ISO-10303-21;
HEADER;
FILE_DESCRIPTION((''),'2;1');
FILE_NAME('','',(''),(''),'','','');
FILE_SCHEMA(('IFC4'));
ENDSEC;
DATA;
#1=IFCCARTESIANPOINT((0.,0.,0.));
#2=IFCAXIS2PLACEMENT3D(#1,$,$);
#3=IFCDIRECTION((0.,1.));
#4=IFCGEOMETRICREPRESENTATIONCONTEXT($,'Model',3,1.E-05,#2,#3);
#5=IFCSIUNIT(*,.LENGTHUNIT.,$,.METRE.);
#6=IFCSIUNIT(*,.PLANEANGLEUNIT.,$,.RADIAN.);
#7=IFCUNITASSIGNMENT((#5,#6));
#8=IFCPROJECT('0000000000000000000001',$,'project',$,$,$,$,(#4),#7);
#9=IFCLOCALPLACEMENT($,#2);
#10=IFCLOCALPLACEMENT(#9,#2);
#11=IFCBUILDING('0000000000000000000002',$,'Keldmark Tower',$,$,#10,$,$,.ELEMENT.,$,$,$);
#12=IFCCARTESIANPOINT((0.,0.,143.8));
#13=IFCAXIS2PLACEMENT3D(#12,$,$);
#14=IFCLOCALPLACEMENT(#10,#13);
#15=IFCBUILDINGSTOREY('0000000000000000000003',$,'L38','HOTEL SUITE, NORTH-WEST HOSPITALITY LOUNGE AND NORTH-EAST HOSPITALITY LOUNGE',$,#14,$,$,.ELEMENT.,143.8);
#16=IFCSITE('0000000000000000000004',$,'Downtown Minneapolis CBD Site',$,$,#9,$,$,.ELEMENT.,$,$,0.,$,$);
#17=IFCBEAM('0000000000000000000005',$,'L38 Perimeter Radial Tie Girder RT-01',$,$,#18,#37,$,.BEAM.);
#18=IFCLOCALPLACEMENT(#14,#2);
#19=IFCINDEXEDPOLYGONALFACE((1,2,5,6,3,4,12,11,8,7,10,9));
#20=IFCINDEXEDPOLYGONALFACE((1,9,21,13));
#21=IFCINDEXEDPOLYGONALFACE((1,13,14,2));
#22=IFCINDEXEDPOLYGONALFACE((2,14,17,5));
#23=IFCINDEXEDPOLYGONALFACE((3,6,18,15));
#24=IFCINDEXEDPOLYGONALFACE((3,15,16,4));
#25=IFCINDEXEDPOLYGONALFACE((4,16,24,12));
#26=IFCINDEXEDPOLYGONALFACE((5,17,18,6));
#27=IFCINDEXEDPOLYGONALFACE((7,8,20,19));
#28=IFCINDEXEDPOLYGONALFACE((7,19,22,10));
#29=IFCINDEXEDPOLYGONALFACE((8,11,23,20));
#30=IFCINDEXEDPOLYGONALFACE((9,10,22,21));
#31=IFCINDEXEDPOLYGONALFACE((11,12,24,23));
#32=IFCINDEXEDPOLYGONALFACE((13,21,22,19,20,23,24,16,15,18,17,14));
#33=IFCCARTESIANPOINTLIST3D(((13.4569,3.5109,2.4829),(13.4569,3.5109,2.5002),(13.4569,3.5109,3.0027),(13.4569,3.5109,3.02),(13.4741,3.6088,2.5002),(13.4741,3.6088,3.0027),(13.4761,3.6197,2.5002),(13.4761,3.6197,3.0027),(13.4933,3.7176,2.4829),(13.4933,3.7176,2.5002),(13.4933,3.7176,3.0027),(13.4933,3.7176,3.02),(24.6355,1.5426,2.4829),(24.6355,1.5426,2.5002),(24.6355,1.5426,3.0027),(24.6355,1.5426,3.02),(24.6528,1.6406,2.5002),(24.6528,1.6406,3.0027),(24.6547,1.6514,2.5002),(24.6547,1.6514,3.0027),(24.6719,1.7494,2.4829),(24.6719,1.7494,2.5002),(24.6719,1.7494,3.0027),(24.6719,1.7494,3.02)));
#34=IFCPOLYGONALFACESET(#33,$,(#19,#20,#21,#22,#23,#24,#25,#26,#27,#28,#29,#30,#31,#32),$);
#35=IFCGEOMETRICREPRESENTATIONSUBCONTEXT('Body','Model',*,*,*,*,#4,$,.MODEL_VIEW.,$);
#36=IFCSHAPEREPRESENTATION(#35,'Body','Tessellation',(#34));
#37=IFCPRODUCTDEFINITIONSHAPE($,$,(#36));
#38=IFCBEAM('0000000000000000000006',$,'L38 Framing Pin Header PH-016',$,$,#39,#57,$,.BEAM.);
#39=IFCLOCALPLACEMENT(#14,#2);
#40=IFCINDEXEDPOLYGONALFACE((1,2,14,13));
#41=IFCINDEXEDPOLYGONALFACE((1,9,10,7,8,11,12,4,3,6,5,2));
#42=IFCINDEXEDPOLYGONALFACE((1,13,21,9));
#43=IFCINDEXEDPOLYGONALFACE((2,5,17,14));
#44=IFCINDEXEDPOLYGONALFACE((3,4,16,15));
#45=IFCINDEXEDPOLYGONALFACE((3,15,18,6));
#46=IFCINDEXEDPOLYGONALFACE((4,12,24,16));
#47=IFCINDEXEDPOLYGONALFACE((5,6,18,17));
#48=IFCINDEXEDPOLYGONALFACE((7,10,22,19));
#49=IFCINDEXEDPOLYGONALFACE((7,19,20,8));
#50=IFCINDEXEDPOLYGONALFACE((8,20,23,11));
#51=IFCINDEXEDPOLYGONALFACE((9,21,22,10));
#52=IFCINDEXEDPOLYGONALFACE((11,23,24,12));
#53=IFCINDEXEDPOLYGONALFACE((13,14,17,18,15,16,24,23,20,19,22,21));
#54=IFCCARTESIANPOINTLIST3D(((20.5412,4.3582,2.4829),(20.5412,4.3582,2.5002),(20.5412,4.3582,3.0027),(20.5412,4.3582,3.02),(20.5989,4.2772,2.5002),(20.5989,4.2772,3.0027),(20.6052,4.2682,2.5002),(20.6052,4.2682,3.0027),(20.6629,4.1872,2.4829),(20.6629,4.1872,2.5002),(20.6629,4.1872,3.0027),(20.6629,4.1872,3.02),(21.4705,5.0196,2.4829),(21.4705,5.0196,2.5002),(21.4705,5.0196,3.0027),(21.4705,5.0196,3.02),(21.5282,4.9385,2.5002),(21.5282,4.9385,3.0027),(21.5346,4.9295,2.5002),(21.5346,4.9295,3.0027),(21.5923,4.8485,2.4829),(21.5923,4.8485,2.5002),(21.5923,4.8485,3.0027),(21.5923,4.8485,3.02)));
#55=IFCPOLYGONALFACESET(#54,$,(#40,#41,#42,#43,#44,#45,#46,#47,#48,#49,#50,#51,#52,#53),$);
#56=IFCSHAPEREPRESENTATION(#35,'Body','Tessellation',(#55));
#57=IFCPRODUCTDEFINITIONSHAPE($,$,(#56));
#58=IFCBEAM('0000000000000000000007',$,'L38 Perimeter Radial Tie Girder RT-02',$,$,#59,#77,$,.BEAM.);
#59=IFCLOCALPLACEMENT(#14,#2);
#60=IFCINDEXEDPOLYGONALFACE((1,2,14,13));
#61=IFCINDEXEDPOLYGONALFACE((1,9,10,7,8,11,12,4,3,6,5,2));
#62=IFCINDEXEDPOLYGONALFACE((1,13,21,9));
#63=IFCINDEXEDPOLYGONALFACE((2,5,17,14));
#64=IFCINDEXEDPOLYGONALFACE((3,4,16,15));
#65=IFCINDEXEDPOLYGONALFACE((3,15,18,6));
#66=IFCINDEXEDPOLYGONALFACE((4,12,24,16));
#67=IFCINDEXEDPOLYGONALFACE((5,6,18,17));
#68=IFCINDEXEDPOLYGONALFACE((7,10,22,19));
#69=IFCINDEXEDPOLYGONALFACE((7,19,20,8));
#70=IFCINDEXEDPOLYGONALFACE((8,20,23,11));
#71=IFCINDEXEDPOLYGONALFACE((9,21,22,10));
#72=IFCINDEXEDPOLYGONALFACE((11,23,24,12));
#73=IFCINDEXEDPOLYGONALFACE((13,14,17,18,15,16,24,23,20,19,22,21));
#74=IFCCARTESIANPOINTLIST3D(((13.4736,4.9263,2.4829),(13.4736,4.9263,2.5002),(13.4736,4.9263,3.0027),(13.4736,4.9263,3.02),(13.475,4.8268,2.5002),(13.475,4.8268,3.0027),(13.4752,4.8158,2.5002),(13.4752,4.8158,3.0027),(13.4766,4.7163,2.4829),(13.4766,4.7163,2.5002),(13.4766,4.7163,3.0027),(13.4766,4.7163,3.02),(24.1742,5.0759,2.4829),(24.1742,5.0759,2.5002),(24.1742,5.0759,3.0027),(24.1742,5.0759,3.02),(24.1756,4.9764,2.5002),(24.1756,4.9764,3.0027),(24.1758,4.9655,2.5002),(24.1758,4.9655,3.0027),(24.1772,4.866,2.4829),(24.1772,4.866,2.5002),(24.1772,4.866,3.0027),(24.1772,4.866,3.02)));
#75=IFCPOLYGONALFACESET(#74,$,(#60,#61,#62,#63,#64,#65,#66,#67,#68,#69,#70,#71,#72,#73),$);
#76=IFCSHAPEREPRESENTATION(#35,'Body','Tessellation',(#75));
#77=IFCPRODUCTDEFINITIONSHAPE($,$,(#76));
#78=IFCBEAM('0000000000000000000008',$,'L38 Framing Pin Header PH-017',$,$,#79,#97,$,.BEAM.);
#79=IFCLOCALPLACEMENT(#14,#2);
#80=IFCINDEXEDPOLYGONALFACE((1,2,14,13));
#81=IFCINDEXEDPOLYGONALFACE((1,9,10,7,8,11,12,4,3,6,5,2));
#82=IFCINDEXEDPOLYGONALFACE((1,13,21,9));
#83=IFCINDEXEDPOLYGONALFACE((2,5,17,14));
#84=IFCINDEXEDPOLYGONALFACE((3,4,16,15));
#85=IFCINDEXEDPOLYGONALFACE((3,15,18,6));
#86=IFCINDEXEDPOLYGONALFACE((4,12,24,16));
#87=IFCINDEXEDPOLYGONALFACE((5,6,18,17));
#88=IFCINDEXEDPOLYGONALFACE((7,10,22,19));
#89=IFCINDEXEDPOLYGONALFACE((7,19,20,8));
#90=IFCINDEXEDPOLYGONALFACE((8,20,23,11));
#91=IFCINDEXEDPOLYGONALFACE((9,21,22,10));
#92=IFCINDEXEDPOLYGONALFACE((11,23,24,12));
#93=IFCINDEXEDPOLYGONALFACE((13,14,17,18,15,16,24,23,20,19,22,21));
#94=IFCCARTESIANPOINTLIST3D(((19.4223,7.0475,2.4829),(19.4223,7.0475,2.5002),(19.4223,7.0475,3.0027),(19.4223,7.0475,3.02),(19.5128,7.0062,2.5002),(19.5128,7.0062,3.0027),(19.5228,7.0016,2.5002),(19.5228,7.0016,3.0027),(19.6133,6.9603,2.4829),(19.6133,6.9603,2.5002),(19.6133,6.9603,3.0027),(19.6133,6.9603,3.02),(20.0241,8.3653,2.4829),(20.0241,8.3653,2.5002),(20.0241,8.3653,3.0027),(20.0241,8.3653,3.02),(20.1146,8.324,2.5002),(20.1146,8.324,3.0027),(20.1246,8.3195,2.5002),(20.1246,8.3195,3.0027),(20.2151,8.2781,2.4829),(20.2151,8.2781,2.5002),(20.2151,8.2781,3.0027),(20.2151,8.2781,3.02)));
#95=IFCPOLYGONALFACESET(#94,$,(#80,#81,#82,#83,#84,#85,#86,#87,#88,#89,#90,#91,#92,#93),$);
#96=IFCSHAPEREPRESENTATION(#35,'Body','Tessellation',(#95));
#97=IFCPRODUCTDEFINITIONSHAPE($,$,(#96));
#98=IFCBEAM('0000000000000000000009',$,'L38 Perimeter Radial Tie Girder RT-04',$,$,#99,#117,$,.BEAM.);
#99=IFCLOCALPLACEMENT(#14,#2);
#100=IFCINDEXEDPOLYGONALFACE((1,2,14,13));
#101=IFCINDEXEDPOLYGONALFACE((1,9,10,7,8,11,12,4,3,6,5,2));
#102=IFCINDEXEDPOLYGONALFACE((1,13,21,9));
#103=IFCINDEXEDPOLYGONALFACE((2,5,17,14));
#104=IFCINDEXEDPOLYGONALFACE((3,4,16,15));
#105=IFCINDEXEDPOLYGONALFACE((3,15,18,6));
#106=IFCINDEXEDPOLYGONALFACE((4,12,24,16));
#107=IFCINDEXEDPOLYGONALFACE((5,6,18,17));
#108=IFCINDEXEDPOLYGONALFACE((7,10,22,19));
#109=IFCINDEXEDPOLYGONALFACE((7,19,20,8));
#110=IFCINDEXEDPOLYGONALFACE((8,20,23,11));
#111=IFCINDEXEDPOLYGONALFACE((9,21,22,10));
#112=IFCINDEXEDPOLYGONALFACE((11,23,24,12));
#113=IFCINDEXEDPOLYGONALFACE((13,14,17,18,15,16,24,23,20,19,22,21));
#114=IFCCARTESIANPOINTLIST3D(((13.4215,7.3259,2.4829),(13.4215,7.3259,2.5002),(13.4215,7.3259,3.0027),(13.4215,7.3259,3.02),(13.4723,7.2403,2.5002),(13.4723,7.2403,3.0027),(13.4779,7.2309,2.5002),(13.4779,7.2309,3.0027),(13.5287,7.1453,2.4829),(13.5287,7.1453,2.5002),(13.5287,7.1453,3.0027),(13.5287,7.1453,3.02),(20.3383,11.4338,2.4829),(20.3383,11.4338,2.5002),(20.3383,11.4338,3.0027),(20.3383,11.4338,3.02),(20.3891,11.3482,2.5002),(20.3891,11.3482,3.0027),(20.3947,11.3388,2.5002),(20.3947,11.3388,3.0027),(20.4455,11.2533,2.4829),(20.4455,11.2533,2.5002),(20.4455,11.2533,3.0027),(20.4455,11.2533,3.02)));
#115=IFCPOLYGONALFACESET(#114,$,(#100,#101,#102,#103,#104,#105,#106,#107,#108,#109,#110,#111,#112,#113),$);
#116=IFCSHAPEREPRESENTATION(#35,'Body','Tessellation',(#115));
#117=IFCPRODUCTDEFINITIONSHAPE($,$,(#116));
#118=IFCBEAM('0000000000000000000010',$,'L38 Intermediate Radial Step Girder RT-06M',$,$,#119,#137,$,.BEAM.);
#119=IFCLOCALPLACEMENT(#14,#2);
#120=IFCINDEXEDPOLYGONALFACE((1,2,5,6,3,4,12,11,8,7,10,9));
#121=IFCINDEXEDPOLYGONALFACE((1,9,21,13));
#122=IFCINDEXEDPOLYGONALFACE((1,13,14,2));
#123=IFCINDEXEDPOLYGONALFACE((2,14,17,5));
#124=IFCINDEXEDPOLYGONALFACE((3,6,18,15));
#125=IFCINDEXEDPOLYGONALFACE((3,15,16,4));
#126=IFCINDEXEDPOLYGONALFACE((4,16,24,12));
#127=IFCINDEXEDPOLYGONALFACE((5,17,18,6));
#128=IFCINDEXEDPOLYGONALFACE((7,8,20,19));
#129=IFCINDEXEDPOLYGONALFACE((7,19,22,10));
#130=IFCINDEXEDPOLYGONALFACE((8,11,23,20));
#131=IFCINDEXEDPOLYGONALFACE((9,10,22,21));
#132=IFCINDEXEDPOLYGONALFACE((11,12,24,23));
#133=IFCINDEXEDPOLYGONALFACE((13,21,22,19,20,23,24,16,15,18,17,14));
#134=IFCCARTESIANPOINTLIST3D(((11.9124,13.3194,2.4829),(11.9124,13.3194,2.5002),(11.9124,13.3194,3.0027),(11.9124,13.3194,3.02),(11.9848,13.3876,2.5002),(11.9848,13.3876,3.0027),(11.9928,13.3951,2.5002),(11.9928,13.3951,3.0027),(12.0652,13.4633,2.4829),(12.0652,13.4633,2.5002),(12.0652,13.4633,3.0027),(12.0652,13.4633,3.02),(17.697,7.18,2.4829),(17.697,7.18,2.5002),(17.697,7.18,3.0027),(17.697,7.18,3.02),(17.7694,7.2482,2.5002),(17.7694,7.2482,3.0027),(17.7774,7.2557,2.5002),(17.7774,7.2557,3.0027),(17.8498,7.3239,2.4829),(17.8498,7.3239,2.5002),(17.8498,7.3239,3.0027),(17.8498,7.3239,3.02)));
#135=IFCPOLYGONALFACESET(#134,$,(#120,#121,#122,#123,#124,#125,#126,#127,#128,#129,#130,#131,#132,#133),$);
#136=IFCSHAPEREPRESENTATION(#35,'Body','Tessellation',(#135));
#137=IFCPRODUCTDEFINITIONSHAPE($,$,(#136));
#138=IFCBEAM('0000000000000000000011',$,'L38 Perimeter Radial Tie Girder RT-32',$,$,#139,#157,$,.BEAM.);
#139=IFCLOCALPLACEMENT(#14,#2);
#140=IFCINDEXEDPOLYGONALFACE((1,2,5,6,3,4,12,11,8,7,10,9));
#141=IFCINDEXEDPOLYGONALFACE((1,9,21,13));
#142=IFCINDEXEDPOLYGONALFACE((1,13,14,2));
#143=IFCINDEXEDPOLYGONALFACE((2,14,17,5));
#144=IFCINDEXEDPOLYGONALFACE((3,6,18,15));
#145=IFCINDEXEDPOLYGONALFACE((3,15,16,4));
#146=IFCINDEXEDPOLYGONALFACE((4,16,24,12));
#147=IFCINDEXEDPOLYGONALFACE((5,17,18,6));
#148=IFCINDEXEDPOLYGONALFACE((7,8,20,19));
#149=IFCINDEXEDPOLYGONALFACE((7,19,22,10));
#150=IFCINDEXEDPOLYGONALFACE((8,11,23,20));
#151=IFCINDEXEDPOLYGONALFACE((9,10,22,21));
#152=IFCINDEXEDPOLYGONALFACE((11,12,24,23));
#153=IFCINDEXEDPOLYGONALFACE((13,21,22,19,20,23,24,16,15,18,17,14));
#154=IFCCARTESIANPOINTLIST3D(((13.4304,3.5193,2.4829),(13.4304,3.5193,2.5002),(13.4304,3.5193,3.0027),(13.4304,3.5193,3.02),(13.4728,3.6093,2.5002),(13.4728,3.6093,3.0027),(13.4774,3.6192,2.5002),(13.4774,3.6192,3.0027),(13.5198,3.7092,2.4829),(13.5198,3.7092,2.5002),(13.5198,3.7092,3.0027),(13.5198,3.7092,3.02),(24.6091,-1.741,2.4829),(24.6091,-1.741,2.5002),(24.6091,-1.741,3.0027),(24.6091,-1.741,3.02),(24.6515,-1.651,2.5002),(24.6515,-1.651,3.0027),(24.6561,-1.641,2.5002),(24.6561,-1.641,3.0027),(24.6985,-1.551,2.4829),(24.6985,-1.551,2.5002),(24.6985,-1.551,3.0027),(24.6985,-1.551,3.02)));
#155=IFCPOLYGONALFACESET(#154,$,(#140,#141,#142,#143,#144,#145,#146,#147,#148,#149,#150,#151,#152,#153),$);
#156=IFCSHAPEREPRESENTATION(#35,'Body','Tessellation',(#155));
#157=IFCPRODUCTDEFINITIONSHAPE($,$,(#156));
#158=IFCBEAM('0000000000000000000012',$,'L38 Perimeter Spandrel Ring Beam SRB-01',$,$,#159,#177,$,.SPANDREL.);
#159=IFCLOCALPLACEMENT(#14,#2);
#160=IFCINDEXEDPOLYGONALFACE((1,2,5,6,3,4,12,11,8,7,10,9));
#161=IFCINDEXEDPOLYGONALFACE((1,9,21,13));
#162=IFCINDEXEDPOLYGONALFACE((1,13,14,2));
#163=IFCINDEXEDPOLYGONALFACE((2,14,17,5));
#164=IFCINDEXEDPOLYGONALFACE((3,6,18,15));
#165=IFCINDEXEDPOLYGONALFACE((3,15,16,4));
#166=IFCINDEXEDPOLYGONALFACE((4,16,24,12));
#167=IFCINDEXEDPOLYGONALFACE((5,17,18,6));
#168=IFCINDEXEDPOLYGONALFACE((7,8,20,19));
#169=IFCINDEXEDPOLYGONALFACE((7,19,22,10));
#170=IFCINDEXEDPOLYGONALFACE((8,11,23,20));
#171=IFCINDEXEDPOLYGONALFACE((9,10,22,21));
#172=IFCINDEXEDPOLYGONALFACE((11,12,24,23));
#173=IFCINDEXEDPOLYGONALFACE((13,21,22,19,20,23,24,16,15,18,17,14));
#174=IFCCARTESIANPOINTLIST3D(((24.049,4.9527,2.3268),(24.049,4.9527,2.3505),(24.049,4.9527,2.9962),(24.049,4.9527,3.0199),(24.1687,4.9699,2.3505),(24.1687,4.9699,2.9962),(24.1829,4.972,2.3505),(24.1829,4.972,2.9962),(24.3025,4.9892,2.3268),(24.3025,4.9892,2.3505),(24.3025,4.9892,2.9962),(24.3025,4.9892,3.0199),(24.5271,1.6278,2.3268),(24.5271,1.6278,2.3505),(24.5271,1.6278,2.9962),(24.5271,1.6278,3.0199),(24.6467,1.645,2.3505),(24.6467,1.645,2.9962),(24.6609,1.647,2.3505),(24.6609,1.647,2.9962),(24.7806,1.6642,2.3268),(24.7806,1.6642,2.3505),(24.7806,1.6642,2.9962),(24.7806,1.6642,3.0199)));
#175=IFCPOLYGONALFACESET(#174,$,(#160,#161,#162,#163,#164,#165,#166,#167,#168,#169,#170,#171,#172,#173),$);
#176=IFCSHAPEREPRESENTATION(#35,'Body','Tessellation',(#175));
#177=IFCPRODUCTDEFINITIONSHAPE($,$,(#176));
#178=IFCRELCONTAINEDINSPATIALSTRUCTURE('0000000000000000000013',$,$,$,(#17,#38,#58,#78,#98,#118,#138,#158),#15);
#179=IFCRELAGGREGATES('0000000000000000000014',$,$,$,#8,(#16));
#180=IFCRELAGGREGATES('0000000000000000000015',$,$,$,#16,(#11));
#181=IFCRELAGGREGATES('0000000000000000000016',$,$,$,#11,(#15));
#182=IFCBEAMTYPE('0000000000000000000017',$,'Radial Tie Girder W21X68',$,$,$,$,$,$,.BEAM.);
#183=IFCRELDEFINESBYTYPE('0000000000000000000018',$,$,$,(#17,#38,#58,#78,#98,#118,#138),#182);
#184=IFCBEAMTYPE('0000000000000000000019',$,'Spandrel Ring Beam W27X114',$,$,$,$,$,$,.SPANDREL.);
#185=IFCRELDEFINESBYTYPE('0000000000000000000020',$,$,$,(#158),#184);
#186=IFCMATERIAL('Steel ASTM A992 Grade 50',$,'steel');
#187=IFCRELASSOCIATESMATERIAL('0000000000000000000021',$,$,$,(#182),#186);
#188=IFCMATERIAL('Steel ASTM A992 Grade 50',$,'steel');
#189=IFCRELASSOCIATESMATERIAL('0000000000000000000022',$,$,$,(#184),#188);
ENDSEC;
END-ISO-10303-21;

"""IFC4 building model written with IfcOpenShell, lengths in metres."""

from ifc_helpers import new_model, si_unit, direction, frame, origin, origin_2d, place, context, subcontext, project, spatial, i_section, extrude, material, material_profile, profile_set, type_object, element, save


model = new_model("IFC4")

# Units and contexts
model_context = context("Model", 3, precision=1e-05, world=origin(), true_north=direction((0.0, 1.0)))
body_context = subcontext(model_context, "Body", "Model", "MODEL_VIEW")
ifc_project = project(units=[si_unit("LENGTHUNIT", "METRE"), si_unit("PLANEANGLEUNIT", "RADIAN")], contexts=[model_context])

# Site, building, storey
site_placement = place(None, origin())
site = spatial("IfcSite", under=ifc_project, at=site_placement, Name="Downtown Minneapolis CBD Site", CompositionType="ELEMENT", RefElevation=0.0)
building_placement = place(site_placement, origin())
building = spatial("IfcBuilding", under=site, at=building_placement, Name="Keldmark Tower", CompositionType="ELEMENT")
storey_placement = place(building_placement, frame((0.0, 0.0, 143.8)))
storey = spatial("IfcBuildingStorey", under=building, at=storey_placement, Name="L38", Description="HOTEL SUITE, NORTH-WEST HOSPITALITY LOUNGE AND NORTH-EAST HOSPITALITY LOUNGE", CompositionType="ELEMENT", Elevation=143.8)

# Beams
ifc_material_1 = material(Name="Steel ASTM A992 Grade 50", Category="steel")
ifc_material_profile_1 = material_profile(ifc_material_1, i_section(OverallWidth=0.21, OverallDepth=0.5371, WebThickness=0.011, FlangeThickness=0.0173, at=origin_2d()), Name="W21X68")
ifc_profile_set_1 = profile_set([ifc_material_profile_1], Name="Steel ASTM A992 Grade 50")
beam_type_1 = type_object("IfcBeamType", Name="Radial Tie Girder W21X68", PredefinedType="BEAM", material=ifc_profile_set_1)
beam_1_placement = place(storey_placement, frame((13.4751, 3.6143, 2.7515), z_axis=(0.984851, -0.173405, 0.0), x_axis=(0.173405, 0.984851, 0.0)))
element("IfcBeam", 1, at=beam_1_placement, inside=storey, type_object=beam_type_1, Name="L38 Perimeter Radial Tie Girder RT-01", PredefinedType="BEAM", context=body_context, shape_type="SweptSolid", body=[
    extrude(i_section(OverallWidth=0.21, OverallDepth=0.5371, WebThickness=0.011, FlangeThickness=0.0173, at=origin_2d()), origin(), (0.0, 0.0, 1.0), 11.3506),
])
beam_2_placement = place(storey_placement, frame((20.6021, 4.2727, 2.7515), z_axis=(0.814773, 0.57978, 0.0), x_axis=(-0.57978, 0.814773, 0.0)))
element("IfcBeam", 2, at=beam_2_placement, inside=storey, type_object=beam_type_1, Name="L38 Framing Pin Header PH-016", PredefinedType="BEAM", context=body_context, shape_type="SweptSolid", body=[
    extrude(i_section(OverallWidth=0.21, OverallDepth=0.5371, WebThickness=0.011, FlangeThickness=0.0173, at=origin_2d()), origin(), (0.0, 0.0, 1.0), 1.1406),
])
beam_3_placement = place(storey_placement, frame((13.4751, 4.8213, 2.7515), z_axis=(0.999902, 0.013984, 0.0), x_axis=(-0.013984, 0.999902, 0.0)))
element("IfcBeam", 3, at=beam_3_placement, inside=storey, type_object=beam_type_1, Name="L38 Perimeter Radial Tie Girder RT-02", PredefinedType="BEAM", context=body_context, shape_type="SweptSolid", body=[
    extrude(i_section(OverallWidth=0.21, OverallDepth=0.5371, WebThickness=0.011, FlangeThickness=0.0173, at=origin_2d()), origin(), (0.0, 0.0, 1.0), 10.7017),
])
beam_4_placement = place(storey_placement, frame((19.5178, 7.0039, 2.7515), z_axis=(0.415389, 0.909644, 0.0), x_axis=(-0.909644, 0.415389, 0.0)))
element("IfcBeam", 4, at=beam_4_placement, inside=storey, type_object=beam_type_1, Name="L38 Framing Pin Header PH-017", PredefinedType="BEAM", context=body_context, shape_type="SweptSolid", body=[
    extrude(i_section(OverallWidth=0.21, OverallDepth=0.5371, WebThickness=0.011, FlangeThickness=0.0173, at=origin_2d()), origin(), (0.0, 0.0, 1.0), 1.4487),
])
beam_5_placement = place(storey_placement, frame((13.4751, 7.2356, 2.7515), z_axis=(0.859795, 0.510639, 0.0), x_axis=(-0.510639, 0.859795, 0.0)))
element("IfcBeam", 5, at=beam_5_placement, inside=storey, type_object=beam_type_1, Name="L38 Perimeter Radial Tie Girder RT-04", PredefinedType="BEAM", context=body_context, shape_type="SweptSolid", body=[
    extrude(i_section(OverallWidth=0.21, OverallDepth=0.5371, WebThickness=0.011, FlangeThickness=0.0173, at=origin_2d()), origin(), (0.0, 0.0, 1.0), 8.0447),
])
beam_6_placement = place(storey_placement, frame((17.7734, 7.252, 2.7515), z_axis=(-0.685767, 0.727821, 0.0), x_axis=(-0.727821, -0.685767, 0.0)))
element("IfcBeam", 6, at=beam_6_placement, inside=storey, type_object=beam_type_1, Name="L38 Intermediate Radial Step Girder RT-06M", PredefinedType="BEAM", context=body_context, shape_type="SweptSolid", body=[
    extrude(i_section(OverallWidth=0.21, OverallDepth=0.5371, WebThickness=0.011, FlangeThickness=0.0173, at=origin_2d()), origin(), (0.0, 0.0, 1.0), 8.4353),
])
beam_7_placement = place(storey_placement, frame((13.4751, 3.6143, 2.7515), z_axis=(0.904829, -0.425776, 0.0), x_axis=(0.425776, 0.904829, 0.0)))
element("IfcBeam", 7, at=beam_7_placement, inside=storey, type_object=beam_type_1, Name="L38 Perimeter Radial Tie Girder RT-32", PredefinedType="BEAM", context=body_context, shape_type="SweptSolid", body=[
    extrude(i_section(OverallWidth=0.21, OverallDepth=0.5371, WebThickness=0.011, FlangeThickness=0.0173, at=origin_2d()), origin(), (0.0, 0.0, 1.0), 12.3545),
])
ifc_material_2 = material(Name="Steel ASTM A992 Grade 50", Category="steel")
ifc_material_profile_2 = material_profile(ifc_material_2, i_section(OverallWidth=0.2561, OverallDepth=0.6931, WebThickness=0.0144, FlangeThickness=0.0237, at=origin_2d()), Name="W27X114")
ifc_profile_set_2 = profile_set([ifc_material_profile_2], Name="Steel ASTM A992 Grade 50")
beam_type_2 = type_object("IfcBeamType", Name="Spandrel Ring Beam W27X114", PredefinedType="SPANDREL", material=ifc_profile_set_2)
beam_8_placement = place(storey_placement, frame((24.6538, 1.646, 2.6733), z_axis=(-0.142307, 0.989823, 0.0), x_axis=(-0.989823, -0.142307, 0.0)))
element("IfcBeam", 8, at=beam_8_placement, inside=storey, type_object=beam_type_2, Name="L38 Perimeter Spandrel Ring Beam SRB-01", PredefinedType="SPANDREL", context=body_context, shape_type="SweptSolid", body=[
    extrude(i_section(OverallWidth=0.2561, OverallDepth=0.6931, WebThickness=0.0144, FlangeThickness=0.0237, at=origin_2d()), origin(), (0.0, 0.0, 1.0), 3.3591),
])

save(model, "model.ifc")
